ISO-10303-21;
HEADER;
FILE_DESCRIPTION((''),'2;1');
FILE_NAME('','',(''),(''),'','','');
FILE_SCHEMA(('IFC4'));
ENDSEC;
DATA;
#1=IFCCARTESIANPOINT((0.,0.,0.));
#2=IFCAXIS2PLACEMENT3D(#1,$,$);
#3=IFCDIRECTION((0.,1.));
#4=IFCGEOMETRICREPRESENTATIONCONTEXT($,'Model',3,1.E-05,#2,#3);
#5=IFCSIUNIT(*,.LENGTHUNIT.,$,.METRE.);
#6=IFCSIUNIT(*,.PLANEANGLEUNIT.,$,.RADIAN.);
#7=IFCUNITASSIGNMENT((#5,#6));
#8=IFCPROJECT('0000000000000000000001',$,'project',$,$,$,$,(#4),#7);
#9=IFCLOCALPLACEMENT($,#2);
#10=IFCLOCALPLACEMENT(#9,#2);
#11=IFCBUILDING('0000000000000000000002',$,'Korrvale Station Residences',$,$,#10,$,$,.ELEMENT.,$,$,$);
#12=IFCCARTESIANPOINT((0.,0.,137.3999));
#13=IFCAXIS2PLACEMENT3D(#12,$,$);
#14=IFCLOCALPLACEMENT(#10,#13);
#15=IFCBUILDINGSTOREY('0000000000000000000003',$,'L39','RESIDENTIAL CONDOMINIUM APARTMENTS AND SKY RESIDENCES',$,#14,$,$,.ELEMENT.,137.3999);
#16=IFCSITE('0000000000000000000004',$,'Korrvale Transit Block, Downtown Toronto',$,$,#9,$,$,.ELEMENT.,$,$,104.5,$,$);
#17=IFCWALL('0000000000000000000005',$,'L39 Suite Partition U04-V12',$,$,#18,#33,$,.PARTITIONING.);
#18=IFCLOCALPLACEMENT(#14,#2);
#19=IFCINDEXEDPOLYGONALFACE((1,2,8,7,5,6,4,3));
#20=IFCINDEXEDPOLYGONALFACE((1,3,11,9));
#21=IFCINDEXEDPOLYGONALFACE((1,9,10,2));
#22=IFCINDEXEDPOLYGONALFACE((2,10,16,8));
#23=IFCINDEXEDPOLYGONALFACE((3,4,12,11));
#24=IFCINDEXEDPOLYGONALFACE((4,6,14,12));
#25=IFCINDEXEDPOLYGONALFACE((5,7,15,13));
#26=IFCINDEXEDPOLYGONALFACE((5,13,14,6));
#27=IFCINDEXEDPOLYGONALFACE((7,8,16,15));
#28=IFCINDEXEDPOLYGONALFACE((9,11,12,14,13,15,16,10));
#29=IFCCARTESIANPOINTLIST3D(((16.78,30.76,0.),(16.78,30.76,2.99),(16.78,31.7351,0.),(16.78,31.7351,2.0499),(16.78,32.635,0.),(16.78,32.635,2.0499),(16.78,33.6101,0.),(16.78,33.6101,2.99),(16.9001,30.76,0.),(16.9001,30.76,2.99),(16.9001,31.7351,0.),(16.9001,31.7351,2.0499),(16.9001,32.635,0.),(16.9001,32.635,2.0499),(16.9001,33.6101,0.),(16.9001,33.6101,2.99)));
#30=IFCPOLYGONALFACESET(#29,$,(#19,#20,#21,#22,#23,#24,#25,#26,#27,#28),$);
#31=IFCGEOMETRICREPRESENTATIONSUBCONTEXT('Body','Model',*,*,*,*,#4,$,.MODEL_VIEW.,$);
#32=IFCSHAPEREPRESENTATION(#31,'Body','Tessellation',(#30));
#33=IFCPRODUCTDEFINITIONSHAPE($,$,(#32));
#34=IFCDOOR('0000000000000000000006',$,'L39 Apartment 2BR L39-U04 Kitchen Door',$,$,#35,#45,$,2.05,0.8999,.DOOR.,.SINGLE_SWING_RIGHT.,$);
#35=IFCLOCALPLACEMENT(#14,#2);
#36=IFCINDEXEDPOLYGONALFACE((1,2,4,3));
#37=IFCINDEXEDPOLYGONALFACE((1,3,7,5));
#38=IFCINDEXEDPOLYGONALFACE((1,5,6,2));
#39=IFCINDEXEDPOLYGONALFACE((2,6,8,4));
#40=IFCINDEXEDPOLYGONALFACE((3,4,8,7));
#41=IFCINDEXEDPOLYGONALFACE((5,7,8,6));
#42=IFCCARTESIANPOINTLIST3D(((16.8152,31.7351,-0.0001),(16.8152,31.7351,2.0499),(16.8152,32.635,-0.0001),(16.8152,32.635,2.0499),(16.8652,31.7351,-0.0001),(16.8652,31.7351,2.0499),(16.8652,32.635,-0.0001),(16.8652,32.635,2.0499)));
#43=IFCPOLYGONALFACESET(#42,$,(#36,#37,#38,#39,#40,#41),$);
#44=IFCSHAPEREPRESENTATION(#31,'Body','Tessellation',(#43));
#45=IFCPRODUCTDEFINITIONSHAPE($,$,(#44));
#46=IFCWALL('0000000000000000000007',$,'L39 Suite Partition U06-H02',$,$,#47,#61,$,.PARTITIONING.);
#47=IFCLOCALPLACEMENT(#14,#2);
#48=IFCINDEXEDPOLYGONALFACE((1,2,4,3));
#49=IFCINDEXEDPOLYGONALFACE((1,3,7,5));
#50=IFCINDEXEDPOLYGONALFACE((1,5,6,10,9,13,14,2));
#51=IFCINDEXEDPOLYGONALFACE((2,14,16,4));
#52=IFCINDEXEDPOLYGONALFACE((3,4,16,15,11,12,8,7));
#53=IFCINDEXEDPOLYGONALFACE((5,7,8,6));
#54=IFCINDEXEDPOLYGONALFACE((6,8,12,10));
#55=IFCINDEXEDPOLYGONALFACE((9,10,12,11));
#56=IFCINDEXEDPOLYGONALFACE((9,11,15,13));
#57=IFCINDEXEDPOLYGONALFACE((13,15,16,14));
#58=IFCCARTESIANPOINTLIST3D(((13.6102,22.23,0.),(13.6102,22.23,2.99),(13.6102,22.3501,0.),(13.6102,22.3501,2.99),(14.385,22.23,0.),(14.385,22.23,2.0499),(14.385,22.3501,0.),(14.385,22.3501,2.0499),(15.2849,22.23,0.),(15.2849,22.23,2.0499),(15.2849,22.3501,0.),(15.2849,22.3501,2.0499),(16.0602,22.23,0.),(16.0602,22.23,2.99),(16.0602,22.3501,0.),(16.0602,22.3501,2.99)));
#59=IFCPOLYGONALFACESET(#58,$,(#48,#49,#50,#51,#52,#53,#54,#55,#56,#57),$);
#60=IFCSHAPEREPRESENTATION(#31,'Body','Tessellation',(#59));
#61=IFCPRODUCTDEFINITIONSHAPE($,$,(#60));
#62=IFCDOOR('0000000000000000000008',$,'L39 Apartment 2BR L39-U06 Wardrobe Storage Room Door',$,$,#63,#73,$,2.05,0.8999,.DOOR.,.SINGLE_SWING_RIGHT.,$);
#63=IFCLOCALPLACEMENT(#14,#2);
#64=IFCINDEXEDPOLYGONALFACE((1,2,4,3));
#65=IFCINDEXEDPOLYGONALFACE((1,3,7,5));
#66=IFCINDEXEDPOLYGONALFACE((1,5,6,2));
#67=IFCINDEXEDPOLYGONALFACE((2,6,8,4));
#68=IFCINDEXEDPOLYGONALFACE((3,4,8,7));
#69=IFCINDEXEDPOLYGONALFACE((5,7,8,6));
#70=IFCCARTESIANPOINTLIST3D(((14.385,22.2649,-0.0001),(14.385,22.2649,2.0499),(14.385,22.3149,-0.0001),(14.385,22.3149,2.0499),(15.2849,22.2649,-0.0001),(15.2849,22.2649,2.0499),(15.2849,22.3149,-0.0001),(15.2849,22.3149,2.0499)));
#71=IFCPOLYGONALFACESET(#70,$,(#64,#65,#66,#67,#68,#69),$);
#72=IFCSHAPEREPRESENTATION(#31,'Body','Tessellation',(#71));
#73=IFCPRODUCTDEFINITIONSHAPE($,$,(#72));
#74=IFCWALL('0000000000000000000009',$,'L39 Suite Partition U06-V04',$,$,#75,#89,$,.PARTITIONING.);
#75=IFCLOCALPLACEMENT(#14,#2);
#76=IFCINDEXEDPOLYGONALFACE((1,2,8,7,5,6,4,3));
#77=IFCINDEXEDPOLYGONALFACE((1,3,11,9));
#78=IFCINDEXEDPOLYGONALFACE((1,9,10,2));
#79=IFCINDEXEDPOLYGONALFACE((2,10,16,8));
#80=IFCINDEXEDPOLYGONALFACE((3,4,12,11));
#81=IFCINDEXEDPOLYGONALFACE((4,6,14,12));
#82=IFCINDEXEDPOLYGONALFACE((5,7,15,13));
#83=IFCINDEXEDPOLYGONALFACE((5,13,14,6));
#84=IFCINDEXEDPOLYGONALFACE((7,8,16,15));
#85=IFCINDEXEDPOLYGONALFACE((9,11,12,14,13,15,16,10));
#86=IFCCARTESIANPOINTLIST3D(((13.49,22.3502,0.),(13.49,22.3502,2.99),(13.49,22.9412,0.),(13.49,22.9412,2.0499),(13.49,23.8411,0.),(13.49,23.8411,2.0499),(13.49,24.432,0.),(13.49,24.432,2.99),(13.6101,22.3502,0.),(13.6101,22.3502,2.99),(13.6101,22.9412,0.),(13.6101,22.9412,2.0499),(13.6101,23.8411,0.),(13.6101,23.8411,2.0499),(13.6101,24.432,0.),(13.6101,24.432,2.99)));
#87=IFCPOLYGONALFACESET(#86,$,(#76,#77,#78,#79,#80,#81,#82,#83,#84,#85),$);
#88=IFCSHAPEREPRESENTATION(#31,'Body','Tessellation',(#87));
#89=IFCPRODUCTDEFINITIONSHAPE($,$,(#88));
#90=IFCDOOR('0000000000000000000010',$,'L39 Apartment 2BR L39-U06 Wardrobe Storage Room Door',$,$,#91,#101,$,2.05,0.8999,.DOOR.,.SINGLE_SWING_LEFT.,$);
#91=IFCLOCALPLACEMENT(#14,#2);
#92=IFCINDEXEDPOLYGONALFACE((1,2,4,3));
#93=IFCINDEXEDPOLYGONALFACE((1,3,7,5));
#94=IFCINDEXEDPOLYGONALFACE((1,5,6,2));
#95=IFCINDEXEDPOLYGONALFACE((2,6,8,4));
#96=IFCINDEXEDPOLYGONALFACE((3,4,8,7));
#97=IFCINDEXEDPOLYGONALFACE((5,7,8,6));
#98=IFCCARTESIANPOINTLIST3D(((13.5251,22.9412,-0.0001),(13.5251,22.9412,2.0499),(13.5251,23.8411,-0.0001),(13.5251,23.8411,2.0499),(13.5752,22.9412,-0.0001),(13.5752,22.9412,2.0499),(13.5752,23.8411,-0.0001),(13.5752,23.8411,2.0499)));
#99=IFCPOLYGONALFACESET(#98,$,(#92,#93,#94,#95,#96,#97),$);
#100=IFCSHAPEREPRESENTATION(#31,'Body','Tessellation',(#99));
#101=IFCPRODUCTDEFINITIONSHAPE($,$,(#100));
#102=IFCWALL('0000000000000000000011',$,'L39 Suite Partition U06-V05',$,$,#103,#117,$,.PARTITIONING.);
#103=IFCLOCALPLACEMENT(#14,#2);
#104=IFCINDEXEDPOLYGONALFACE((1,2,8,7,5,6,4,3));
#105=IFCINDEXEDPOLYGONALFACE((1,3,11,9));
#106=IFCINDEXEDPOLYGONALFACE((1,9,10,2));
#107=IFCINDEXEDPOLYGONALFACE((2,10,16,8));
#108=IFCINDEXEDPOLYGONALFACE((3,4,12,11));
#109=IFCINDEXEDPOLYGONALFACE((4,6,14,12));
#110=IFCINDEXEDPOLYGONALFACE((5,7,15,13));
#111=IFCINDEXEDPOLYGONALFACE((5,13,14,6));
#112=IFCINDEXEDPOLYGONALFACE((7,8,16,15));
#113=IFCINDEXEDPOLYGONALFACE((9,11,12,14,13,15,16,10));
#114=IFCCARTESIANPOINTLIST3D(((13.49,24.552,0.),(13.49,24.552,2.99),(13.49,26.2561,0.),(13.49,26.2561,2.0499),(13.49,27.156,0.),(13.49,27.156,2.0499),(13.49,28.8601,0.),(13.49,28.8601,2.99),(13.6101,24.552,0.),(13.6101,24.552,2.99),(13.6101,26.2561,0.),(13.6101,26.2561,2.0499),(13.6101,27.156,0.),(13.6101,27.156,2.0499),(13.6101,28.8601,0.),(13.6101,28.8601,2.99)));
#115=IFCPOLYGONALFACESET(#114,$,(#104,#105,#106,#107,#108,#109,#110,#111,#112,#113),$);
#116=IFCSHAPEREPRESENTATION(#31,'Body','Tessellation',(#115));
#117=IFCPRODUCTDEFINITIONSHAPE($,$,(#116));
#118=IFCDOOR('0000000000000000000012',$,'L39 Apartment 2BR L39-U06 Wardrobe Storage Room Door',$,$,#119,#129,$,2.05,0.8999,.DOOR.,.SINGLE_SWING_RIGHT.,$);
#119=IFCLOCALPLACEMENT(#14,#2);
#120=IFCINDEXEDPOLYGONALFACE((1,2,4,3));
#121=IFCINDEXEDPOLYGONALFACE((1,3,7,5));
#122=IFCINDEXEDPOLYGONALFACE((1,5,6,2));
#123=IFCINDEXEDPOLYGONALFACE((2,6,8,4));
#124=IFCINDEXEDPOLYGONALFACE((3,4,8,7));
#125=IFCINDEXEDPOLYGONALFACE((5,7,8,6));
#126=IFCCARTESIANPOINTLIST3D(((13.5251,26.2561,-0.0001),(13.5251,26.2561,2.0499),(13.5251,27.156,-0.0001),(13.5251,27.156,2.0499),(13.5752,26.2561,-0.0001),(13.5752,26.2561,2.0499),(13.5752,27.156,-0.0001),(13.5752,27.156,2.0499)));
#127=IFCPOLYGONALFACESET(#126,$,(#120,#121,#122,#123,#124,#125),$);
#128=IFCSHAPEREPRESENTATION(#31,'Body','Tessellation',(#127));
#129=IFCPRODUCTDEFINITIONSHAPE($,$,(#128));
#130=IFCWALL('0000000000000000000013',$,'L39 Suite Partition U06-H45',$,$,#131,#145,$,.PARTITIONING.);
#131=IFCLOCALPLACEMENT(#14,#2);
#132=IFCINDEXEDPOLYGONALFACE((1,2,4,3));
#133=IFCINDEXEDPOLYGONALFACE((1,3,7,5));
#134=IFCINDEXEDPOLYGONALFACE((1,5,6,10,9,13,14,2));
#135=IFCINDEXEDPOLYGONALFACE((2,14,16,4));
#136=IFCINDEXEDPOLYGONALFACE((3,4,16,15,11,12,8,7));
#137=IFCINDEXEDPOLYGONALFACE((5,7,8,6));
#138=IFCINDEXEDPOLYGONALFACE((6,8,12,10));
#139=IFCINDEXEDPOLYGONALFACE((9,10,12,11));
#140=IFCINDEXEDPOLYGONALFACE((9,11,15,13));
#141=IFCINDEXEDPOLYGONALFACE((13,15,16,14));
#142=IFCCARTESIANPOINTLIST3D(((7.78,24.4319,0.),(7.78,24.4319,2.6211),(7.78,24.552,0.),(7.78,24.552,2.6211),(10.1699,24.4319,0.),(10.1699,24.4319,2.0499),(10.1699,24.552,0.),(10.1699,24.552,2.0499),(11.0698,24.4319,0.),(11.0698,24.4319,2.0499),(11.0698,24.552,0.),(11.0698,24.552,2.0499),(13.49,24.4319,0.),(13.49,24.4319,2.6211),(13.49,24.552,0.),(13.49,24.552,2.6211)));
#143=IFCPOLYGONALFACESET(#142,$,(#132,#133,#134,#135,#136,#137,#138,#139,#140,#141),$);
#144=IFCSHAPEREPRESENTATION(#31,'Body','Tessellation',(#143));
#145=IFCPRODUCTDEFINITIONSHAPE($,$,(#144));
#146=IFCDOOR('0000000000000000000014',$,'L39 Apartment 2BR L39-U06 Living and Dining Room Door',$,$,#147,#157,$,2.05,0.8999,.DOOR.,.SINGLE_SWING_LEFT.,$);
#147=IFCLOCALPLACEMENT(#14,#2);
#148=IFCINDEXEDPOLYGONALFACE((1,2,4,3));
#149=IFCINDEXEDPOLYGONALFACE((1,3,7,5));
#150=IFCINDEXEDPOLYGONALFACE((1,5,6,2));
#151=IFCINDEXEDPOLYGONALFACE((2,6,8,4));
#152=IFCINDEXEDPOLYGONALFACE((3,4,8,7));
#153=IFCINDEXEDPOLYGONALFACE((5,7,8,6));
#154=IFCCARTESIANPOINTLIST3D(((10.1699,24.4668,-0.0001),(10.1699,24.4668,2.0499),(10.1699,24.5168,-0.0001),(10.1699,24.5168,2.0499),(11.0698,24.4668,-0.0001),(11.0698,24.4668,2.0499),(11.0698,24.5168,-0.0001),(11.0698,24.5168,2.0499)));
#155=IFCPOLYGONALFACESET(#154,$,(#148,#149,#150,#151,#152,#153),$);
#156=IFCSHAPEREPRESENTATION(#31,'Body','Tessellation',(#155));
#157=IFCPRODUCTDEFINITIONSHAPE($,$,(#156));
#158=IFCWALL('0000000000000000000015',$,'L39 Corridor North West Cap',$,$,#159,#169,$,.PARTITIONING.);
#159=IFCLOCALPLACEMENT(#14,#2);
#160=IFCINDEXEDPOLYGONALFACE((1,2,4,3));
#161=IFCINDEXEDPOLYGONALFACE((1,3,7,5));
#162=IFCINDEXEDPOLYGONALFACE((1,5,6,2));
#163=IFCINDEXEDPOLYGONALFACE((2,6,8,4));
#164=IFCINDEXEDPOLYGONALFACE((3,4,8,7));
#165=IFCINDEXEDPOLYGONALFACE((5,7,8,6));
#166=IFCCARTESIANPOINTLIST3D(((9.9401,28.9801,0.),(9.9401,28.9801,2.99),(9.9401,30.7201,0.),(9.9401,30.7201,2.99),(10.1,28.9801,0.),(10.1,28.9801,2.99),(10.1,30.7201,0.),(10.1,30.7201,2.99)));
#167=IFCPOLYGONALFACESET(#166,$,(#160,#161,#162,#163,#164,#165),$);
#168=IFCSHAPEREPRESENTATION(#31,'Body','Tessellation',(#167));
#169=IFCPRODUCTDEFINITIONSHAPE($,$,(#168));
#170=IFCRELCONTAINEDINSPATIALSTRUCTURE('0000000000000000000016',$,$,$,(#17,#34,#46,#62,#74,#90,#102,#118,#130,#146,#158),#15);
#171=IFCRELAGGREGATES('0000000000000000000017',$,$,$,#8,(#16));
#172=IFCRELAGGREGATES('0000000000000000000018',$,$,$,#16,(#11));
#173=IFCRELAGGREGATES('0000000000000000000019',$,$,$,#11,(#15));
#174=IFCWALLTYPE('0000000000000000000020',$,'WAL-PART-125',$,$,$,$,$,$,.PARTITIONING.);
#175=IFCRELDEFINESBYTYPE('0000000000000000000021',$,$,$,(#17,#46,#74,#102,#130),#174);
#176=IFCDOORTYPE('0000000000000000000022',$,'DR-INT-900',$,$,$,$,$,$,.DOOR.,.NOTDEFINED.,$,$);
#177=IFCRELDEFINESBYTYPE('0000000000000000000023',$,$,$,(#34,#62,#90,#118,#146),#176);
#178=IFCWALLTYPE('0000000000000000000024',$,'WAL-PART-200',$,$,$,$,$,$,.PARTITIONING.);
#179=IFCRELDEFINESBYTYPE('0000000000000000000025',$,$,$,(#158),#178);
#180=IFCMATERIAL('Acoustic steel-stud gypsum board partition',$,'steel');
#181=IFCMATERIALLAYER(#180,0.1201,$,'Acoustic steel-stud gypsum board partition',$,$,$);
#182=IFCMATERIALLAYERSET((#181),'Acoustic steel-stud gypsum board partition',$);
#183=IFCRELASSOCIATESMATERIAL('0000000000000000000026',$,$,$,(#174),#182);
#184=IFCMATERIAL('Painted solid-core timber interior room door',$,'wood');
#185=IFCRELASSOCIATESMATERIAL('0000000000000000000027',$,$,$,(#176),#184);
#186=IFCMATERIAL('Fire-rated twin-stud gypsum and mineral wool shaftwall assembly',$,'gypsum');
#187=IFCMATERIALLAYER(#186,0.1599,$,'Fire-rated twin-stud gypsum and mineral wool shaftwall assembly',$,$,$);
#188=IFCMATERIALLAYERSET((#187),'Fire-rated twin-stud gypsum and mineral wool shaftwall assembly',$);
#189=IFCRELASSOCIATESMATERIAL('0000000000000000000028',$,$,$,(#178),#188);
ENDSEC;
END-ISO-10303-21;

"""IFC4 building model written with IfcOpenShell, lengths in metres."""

from ifc_helpers import new_model, si_unit, direction, frame, frame_2d, origin, place, context, subcontext, project, spatial, rectangle, extrude, material, layer, layer_set, type_object, element, fill, save


model = new_model("IFC4")

# Units and contexts
model_context = context("Model", 3, precision=1e-05, world=origin(), true_north=direction((0.0, 1.0)))
body_context = subcontext(model_context, "Body", "Model", "MODEL_VIEW")
ifc_project = project(units=[si_unit("LENGTHUNIT", "METRE"), si_unit("PLANEANGLEUNIT", "RADIAN")], contexts=[model_context])

# Site, building, storey
site_placement = place(None, origin())
site = spatial("IfcSite", under=ifc_project, at=site_placement, Name="Korrvale Transit Block, Downtown Toronto", CompositionType="ELEMENT", RefElevation=104.5)
building_placement = place(site_placement, origin())
building = spatial("IfcBuilding", under=site, at=building_placement, Name="Korrvale Station Residences", CompositionType="ELEMENT")
storey_placement = place(building_placement, frame((0.0, 0.0, 137.3999)))
storey = spatial("IfcBuildingStorey", under=building, at=storey_placement, Name="L39", Description="RESIDENTIAL CONDOMINIUM APARTMENTS AND SKY RESIDENCES", CompositionType="ELEMENT", Elevation=137.3999)

# Walls, openings, doors
ifc_material_1 = material(Name="Acoustic steel-stud gypsum board partition", Category="steel")
ifc_layer_1 = layer(ifc_material_1, 0.1201, Name="Acoustic steel-stud gypsum board partition")
ifc_layer_set_1 = layer_set([ifc_layer_1], Name="Acoustic steel-stud gypsum board partition")
wall_type_1 = type_object("IfcWallType", Name="WAL-PART-125", PredefinedType="PARTITIONING", material=ifc_layer_set_1)
wall_1_placement = place(storey_placement, frame((16.8401, 30.76, 0.0), z_axis=(0.0, 0.0, 1.0), x_axis=(0.0, 1.0, 0.0)))
wall_1 = element("IfcWall", 1, at=wall_1_placement, inside=storey, type_object=wall_type_1, Name="L39 Suite Partition U04-V12", PredefinedType="PARTITIONING", context=body_context, shape_type="SweptSolid", body=[
    extrude(rectangle(XDim=2.8501, YDim=0.1201, at=frame_2d((1.425, 0.0))), origin(), (0.0, 0.0, 1.0), 2.99),
])
opening_1_placement = place(wall_1_placement, frame((0.9751, 0.0, 0.0)))
opening_1 = element("IfcOpeningElement", 2, at=opening_1_placement, cuts=wall_1, PredefinedType="OPENING", context=body_context, shape_type="SweptSolid", body=[
    extrude(rectangle(XDim=0.8999, YDim=2.05, at=frame_2d((0.45, 1.0249))), frame((0.0, 0.0701, 0.0), z_axis=(0.0, -1.0, 0.0), x_axis=(1.0, 0.0, 0.0)), (0.0, 0.0, 1.0), 0.1401),
])
ifc_material_2 = material(Name="Painted solid-core timber interior room door", Category="wood")
door_type_1 = type_object("IfcDoorType", Name="DR-INT-900", OperationType="NOTDEFINED", PredefinedType="DOOR", material=ifc_material_2)
door_1_placement = place(opening_1_placement, origin())
door_1 = element("IfcDoor", 3, at=door_1_placement, inside=storey, type_object=door_type_1, Name="L39 Apartment 2BR L39-U04 Kitchen Door", OperationType="SINGLE_SWING_RIGHT", OverallHeight=2.05, OverallWidth=0.8999, PredefinedType="DOOR", context=body_context, shape_type="SweptSolid", body=[
    extrude(rectangle(XDim=0.8999, YDim=2.05, at=frame_2d((0.45, 1.0249))), frame((0.0, 0.0249, 0.0), z_axis=(0.0, -1.0, 0.0), x_axis=(1.0, 0.0, 0.0)), (0.0, 0.0, 1.0), 0.05),
])
fill(opening_1, door_1)
wall_2_placement = place(storey_placement, frame((13.6101, 22.29, 0.0), z_axis=(0.0, 0.0, 1.0), x_axis=(1.0, 0.0, 0.0)))
wall_2 = element("IfcWall", 4, at=wall_2_placement, inside=storey, type_object=wall_type_1, Name="L39 Suite Partition U06-H02", PredefinedType="PARTITIONING", context=body_context, shape_type="SweptSolid", body=[
    extrude(rectangle(XDim=2.45, YDim=0.1201, at=frame_2d((1.2251, 0.0))), origin(), (0.0, 0.0, 1.0), 2.99),
])
opening_2_placement = place(wall_2_placement, frame((0.7749, 0.0, 0.0)))
opening_2 = element("IfcOpeningElement", 5, at=opening_2_placement, cuts=wall_2, PredefinedType="OPENING", context=body_context, shape_type="SweptSolid", body=[
    extrude(rectangle(XDim=0.8999, YDim=2.05, at=frame_2d((0.45, 1.0249))), frame((0.0, 0.0701, 0.0), z_axis=(0.0, -1.0, 0.0), x_axis=(1.0, 0.0, 0.0)), (0.0, 0.0, 1.0), 0.1401),
])
door_2_placement = place(opening_2_placement, origin())
door_2 = element("IfcDoor", 6, at=door_2_placement, inside=storey, type_object=door_type_1, Name="L39 Apartment 2BR L39-U06 Wardrobe Storage Room Door", OperationType="SINGLE_SWING_RIGHT", OverallHeight=2.05, OverallWidth=0.8999, PredefinedType="DOOR", context=body_context, shape_type="SweptSolid", body=[
    extrude(rectangle(XDim=0.8999, YDim=2.05, at=frame_2d((0.45, 1.0249))), frame((0.0, 0.0249, 0.0), z_axis=(0.0, -1.0, 0.0), x_axis=(1.0, 0.0, 0.0)), (0.0, 0.0, 1.0), 0.05),
])
fill(opening_2, door_2)
wall_3_placement = place(storey_placement, frame((13.55, 22.3501, 0.0), z_axis=(0.0, 0.0, 1.0), x_axis=(0.0, 1.0, 0.0)))
wall_3 = element("IfcWall", 7, at=wall_3_placement, inside=storey, type_object=wall_type_1, Name="L39 Suite Partition U06-V04", PredefinedType="PARTITIONING", context=body_context, shape_type="SweptSolid", body=[
    extrude(rectangle(XDim=2.0818, YDim=0.1201, at=frame_2d((1.041, 0.0))), origin(), (0.0, 0.0, 1.0), 2.99),
])
opening_3_placement = place(wall_3_placement, frame((0.5911, 0.0, 0.0)))
opening_3 = element("IfcOpeningElement", 8, at=opening_3_placement, cuts=wall_3, PredefinedType="OPENING", context=body_context, shape_type="SweptSolid", body=[
    extrude(rectangle(XDim=0.8999, YDim=2.05, at=frame_2d((0.45, 1.0249))), frame((0.0, 0.0701, 0.0), z_axis=(0.0, -1.0, 0.0), x_axis=(1.0, 0.0, 0.0)), (0.0, 0.0, 1.0), 0.1401),
])
door_3_placement = place(opening_3_placement, origin())
door_3 = element("IfcDoor", 9, at=door_3_placement, inside=storey, type_object=door_type_1, Name="L39 Apartment 2BR L39-U06 Wardrobe Storage Room Door", OperationType="SINGLE_SWING_LEFT", OverallHeight=2.05, OverallWidth=0.8999, PredefinedType="DOOR", context=body_context, shape_type="SweptSolid", body=[
    extrude(rectangle(XDim=0.8999, YDim=2.05, at=frame_2d((0.45, 1.0249))), frame((0.0, 0.0249, 0.0), z_axis=(0.0, -1.0, 0.0), x_axis=(1.0, 0.0, 0.0)), (0.0, 0.0, 1.0), 0.05),
])
fill(opening_3, door_3)
wall_4_placement = place(storey_placement, frame((13.55, 24.552, 0.0), z_axis=(0.0, 0.0, 1.0), x_axis=(0.0, 1.0, 0.0)))
wall_4 = element("IfcWall", 10, at=wall_4_placement, inside=storey, type_object=wall_type_1, Name="L39 Suite Partition U06-V05", PredefinedType="PARTITIONING", context=body_context, shape_type="SweptSolid", body=[
    extrude(rectangle(XDim=4.3081, YDim=0.1201, at=frame_2d((2.1541, 0.0))), origin(), (0.0, 0.0, 1.0), 2.99),
])
opening_4_placement = place(wall_4_placement, frame((1.7041, 0.0, 0.0)))
opening_4 = element("IfcOpeningElement", 11, at=opening_4_placement, cuts=wall_4, PredefinedType="OPENING", context=body_context, shape_type="SweptSolid", body=[
    extrude(rectangle(XDim=0.8999, YDim=2.05, at=frame_2d((0.45, 1.0249))), frame((0.0, 0.0701, 0.0), z_axis=(0.0, -1.0, 0.0), x_axis=(1.0, 0.0, 0.0)), (0.0, 0.0, 1.0), 0.1401),
])
door_4_placement = place(opening_4_placement, origin())
door_4 = element("IfcDoor", 12, at=door_4_placement, inside=storey, type_object=door_type_1, Name="L39 Apartment 2BR L39-U06 Wardrobe Storage Room Door", OperationType="SINGLE_SWING_RIGHT", OverallHeight=2.05, OverallWidth=0.8999, PredefinedType="DOOR", context=body_context, shape_type="SweptSolid", body=[
    extrude(rectangle(XDim=0.8999, YDim=2.05, at=frame_2d((0.45, 1.0249))), frame((0.0, 0.0249, 0.0), z_axis=(0.0, -1.0, 0.0), x_axis=(1.0, 0.0, 0.0)), (0.0, 0.0, 1.0), 0.05),
])
fill(opening_4, door_4)
wall_5_placement = place(storey_placement, frame((7.78, 24.4919, 0.0), z_axis=(0.0, 0.0, 1.0), x_axis=(1.0, 0.0, 0.0)))
wall_5 = element("IfcWall", 13, at=wall_5_placement, inside=storey, type_object=wall_type_1, Name="L39 Suite Partition U06-H45", PredefinedType="PARTITIONING", context=body_context, shape_type="SweptSolid", body=[
    extrude(rectangle(XDim=5.71, YDim=0.1201, at=frame_2d((2.855, 0.0))), origin(), (0.0, 0.0, 1.0), 2.6211),
])
opening_5_placement = place(wall_5_placement, frame((2.3899, 0.0, 0.0)))
opening_5 = element("IfcOpeningElement", 14, at=opening_5_placement, cuts=wall_5, PredefinedType="OPENING", context=body_context, shape_type="SweptSolid", body=[
    extrude(rectangle(XDim=0.8999, YDim=2.05, at=frame_2d((0.45, 1.0249))), frame((0.0, 0.0701, 0.0), z_axis=(0.0, -1.0, 0.0), x_axis=(1.0, 0.0, 0.0)), (0.0, 0.0, 1.0), 0.1401),
])
door_5_placement = place(opening_5_placement, origin())
door_5 = element("IfcDoor", 15, at=door_5_placement, inside=storey, type_object=door_type_1, Name="L39 Apartment 2BR L39-U06 Living and Dining Room Door", OperationType="SINGLE_SWING_LEFT", OverallHeight=2.05, OverallWidth=0.8999, PredefinedType="DOOR", context=body_context, shape_type="SweptSolid", body=[
    extrude(rectangle(XDim=0.8999, YDim=2.05, at=frame_2d((0.45, 1.0249))), frame((0.0, 0.0249, 0.0), z_axis=(0.0, -1.0, 0.0), x_axis=(1.0, 0.0, 0.0)), (0.0, 0.0, 1.0), 0.05),
])
fill(opening_5, door_5)

# Wall
ifc_material_3 = material(Name="Fire-rated twin-stud gypsum and mineral wool shaftwall assembly", Category="gypsum")
ifc_layer_2 = layer(ifc_material_3, 0.1599, Name="Fire-rated twin-stud gypsum and mineral wool shaftwall assembly")
ifc_layer_set_2 = layer_set([ifc_layer_2], Name="Fire-rated twin-stud gypsum and mineral wool shaftwall assembly")
wall_type_2 = type_object("IfcWallType", Name="WAL-PART-200", PredefinedType="PARTITIONING", material=ifc_layer_set_2)
wall_6_placement = place(storey_placement, frame((10.02, 28.98, 0.0), z_axis=(0.0, 0.0, 1.0), x_axis=(0.0, 1.0, 0.0)))
element("IfcWall", 16, at=wall_6_placement, inside=storey, type_object=wall_type_2, Name="L39 Corridor North West Cap", PredefinedType="PARTITIONING", context=body_context, shape_type="SweptSolid", body=[
    extrude(rectangle(XDim=1.74, YDim=0.1599, at=frame_2d((0.8701, 0.0))), origin(), (0.0, 0.0, 1.0), 2.99),
])

save(model, "model.ifc")
